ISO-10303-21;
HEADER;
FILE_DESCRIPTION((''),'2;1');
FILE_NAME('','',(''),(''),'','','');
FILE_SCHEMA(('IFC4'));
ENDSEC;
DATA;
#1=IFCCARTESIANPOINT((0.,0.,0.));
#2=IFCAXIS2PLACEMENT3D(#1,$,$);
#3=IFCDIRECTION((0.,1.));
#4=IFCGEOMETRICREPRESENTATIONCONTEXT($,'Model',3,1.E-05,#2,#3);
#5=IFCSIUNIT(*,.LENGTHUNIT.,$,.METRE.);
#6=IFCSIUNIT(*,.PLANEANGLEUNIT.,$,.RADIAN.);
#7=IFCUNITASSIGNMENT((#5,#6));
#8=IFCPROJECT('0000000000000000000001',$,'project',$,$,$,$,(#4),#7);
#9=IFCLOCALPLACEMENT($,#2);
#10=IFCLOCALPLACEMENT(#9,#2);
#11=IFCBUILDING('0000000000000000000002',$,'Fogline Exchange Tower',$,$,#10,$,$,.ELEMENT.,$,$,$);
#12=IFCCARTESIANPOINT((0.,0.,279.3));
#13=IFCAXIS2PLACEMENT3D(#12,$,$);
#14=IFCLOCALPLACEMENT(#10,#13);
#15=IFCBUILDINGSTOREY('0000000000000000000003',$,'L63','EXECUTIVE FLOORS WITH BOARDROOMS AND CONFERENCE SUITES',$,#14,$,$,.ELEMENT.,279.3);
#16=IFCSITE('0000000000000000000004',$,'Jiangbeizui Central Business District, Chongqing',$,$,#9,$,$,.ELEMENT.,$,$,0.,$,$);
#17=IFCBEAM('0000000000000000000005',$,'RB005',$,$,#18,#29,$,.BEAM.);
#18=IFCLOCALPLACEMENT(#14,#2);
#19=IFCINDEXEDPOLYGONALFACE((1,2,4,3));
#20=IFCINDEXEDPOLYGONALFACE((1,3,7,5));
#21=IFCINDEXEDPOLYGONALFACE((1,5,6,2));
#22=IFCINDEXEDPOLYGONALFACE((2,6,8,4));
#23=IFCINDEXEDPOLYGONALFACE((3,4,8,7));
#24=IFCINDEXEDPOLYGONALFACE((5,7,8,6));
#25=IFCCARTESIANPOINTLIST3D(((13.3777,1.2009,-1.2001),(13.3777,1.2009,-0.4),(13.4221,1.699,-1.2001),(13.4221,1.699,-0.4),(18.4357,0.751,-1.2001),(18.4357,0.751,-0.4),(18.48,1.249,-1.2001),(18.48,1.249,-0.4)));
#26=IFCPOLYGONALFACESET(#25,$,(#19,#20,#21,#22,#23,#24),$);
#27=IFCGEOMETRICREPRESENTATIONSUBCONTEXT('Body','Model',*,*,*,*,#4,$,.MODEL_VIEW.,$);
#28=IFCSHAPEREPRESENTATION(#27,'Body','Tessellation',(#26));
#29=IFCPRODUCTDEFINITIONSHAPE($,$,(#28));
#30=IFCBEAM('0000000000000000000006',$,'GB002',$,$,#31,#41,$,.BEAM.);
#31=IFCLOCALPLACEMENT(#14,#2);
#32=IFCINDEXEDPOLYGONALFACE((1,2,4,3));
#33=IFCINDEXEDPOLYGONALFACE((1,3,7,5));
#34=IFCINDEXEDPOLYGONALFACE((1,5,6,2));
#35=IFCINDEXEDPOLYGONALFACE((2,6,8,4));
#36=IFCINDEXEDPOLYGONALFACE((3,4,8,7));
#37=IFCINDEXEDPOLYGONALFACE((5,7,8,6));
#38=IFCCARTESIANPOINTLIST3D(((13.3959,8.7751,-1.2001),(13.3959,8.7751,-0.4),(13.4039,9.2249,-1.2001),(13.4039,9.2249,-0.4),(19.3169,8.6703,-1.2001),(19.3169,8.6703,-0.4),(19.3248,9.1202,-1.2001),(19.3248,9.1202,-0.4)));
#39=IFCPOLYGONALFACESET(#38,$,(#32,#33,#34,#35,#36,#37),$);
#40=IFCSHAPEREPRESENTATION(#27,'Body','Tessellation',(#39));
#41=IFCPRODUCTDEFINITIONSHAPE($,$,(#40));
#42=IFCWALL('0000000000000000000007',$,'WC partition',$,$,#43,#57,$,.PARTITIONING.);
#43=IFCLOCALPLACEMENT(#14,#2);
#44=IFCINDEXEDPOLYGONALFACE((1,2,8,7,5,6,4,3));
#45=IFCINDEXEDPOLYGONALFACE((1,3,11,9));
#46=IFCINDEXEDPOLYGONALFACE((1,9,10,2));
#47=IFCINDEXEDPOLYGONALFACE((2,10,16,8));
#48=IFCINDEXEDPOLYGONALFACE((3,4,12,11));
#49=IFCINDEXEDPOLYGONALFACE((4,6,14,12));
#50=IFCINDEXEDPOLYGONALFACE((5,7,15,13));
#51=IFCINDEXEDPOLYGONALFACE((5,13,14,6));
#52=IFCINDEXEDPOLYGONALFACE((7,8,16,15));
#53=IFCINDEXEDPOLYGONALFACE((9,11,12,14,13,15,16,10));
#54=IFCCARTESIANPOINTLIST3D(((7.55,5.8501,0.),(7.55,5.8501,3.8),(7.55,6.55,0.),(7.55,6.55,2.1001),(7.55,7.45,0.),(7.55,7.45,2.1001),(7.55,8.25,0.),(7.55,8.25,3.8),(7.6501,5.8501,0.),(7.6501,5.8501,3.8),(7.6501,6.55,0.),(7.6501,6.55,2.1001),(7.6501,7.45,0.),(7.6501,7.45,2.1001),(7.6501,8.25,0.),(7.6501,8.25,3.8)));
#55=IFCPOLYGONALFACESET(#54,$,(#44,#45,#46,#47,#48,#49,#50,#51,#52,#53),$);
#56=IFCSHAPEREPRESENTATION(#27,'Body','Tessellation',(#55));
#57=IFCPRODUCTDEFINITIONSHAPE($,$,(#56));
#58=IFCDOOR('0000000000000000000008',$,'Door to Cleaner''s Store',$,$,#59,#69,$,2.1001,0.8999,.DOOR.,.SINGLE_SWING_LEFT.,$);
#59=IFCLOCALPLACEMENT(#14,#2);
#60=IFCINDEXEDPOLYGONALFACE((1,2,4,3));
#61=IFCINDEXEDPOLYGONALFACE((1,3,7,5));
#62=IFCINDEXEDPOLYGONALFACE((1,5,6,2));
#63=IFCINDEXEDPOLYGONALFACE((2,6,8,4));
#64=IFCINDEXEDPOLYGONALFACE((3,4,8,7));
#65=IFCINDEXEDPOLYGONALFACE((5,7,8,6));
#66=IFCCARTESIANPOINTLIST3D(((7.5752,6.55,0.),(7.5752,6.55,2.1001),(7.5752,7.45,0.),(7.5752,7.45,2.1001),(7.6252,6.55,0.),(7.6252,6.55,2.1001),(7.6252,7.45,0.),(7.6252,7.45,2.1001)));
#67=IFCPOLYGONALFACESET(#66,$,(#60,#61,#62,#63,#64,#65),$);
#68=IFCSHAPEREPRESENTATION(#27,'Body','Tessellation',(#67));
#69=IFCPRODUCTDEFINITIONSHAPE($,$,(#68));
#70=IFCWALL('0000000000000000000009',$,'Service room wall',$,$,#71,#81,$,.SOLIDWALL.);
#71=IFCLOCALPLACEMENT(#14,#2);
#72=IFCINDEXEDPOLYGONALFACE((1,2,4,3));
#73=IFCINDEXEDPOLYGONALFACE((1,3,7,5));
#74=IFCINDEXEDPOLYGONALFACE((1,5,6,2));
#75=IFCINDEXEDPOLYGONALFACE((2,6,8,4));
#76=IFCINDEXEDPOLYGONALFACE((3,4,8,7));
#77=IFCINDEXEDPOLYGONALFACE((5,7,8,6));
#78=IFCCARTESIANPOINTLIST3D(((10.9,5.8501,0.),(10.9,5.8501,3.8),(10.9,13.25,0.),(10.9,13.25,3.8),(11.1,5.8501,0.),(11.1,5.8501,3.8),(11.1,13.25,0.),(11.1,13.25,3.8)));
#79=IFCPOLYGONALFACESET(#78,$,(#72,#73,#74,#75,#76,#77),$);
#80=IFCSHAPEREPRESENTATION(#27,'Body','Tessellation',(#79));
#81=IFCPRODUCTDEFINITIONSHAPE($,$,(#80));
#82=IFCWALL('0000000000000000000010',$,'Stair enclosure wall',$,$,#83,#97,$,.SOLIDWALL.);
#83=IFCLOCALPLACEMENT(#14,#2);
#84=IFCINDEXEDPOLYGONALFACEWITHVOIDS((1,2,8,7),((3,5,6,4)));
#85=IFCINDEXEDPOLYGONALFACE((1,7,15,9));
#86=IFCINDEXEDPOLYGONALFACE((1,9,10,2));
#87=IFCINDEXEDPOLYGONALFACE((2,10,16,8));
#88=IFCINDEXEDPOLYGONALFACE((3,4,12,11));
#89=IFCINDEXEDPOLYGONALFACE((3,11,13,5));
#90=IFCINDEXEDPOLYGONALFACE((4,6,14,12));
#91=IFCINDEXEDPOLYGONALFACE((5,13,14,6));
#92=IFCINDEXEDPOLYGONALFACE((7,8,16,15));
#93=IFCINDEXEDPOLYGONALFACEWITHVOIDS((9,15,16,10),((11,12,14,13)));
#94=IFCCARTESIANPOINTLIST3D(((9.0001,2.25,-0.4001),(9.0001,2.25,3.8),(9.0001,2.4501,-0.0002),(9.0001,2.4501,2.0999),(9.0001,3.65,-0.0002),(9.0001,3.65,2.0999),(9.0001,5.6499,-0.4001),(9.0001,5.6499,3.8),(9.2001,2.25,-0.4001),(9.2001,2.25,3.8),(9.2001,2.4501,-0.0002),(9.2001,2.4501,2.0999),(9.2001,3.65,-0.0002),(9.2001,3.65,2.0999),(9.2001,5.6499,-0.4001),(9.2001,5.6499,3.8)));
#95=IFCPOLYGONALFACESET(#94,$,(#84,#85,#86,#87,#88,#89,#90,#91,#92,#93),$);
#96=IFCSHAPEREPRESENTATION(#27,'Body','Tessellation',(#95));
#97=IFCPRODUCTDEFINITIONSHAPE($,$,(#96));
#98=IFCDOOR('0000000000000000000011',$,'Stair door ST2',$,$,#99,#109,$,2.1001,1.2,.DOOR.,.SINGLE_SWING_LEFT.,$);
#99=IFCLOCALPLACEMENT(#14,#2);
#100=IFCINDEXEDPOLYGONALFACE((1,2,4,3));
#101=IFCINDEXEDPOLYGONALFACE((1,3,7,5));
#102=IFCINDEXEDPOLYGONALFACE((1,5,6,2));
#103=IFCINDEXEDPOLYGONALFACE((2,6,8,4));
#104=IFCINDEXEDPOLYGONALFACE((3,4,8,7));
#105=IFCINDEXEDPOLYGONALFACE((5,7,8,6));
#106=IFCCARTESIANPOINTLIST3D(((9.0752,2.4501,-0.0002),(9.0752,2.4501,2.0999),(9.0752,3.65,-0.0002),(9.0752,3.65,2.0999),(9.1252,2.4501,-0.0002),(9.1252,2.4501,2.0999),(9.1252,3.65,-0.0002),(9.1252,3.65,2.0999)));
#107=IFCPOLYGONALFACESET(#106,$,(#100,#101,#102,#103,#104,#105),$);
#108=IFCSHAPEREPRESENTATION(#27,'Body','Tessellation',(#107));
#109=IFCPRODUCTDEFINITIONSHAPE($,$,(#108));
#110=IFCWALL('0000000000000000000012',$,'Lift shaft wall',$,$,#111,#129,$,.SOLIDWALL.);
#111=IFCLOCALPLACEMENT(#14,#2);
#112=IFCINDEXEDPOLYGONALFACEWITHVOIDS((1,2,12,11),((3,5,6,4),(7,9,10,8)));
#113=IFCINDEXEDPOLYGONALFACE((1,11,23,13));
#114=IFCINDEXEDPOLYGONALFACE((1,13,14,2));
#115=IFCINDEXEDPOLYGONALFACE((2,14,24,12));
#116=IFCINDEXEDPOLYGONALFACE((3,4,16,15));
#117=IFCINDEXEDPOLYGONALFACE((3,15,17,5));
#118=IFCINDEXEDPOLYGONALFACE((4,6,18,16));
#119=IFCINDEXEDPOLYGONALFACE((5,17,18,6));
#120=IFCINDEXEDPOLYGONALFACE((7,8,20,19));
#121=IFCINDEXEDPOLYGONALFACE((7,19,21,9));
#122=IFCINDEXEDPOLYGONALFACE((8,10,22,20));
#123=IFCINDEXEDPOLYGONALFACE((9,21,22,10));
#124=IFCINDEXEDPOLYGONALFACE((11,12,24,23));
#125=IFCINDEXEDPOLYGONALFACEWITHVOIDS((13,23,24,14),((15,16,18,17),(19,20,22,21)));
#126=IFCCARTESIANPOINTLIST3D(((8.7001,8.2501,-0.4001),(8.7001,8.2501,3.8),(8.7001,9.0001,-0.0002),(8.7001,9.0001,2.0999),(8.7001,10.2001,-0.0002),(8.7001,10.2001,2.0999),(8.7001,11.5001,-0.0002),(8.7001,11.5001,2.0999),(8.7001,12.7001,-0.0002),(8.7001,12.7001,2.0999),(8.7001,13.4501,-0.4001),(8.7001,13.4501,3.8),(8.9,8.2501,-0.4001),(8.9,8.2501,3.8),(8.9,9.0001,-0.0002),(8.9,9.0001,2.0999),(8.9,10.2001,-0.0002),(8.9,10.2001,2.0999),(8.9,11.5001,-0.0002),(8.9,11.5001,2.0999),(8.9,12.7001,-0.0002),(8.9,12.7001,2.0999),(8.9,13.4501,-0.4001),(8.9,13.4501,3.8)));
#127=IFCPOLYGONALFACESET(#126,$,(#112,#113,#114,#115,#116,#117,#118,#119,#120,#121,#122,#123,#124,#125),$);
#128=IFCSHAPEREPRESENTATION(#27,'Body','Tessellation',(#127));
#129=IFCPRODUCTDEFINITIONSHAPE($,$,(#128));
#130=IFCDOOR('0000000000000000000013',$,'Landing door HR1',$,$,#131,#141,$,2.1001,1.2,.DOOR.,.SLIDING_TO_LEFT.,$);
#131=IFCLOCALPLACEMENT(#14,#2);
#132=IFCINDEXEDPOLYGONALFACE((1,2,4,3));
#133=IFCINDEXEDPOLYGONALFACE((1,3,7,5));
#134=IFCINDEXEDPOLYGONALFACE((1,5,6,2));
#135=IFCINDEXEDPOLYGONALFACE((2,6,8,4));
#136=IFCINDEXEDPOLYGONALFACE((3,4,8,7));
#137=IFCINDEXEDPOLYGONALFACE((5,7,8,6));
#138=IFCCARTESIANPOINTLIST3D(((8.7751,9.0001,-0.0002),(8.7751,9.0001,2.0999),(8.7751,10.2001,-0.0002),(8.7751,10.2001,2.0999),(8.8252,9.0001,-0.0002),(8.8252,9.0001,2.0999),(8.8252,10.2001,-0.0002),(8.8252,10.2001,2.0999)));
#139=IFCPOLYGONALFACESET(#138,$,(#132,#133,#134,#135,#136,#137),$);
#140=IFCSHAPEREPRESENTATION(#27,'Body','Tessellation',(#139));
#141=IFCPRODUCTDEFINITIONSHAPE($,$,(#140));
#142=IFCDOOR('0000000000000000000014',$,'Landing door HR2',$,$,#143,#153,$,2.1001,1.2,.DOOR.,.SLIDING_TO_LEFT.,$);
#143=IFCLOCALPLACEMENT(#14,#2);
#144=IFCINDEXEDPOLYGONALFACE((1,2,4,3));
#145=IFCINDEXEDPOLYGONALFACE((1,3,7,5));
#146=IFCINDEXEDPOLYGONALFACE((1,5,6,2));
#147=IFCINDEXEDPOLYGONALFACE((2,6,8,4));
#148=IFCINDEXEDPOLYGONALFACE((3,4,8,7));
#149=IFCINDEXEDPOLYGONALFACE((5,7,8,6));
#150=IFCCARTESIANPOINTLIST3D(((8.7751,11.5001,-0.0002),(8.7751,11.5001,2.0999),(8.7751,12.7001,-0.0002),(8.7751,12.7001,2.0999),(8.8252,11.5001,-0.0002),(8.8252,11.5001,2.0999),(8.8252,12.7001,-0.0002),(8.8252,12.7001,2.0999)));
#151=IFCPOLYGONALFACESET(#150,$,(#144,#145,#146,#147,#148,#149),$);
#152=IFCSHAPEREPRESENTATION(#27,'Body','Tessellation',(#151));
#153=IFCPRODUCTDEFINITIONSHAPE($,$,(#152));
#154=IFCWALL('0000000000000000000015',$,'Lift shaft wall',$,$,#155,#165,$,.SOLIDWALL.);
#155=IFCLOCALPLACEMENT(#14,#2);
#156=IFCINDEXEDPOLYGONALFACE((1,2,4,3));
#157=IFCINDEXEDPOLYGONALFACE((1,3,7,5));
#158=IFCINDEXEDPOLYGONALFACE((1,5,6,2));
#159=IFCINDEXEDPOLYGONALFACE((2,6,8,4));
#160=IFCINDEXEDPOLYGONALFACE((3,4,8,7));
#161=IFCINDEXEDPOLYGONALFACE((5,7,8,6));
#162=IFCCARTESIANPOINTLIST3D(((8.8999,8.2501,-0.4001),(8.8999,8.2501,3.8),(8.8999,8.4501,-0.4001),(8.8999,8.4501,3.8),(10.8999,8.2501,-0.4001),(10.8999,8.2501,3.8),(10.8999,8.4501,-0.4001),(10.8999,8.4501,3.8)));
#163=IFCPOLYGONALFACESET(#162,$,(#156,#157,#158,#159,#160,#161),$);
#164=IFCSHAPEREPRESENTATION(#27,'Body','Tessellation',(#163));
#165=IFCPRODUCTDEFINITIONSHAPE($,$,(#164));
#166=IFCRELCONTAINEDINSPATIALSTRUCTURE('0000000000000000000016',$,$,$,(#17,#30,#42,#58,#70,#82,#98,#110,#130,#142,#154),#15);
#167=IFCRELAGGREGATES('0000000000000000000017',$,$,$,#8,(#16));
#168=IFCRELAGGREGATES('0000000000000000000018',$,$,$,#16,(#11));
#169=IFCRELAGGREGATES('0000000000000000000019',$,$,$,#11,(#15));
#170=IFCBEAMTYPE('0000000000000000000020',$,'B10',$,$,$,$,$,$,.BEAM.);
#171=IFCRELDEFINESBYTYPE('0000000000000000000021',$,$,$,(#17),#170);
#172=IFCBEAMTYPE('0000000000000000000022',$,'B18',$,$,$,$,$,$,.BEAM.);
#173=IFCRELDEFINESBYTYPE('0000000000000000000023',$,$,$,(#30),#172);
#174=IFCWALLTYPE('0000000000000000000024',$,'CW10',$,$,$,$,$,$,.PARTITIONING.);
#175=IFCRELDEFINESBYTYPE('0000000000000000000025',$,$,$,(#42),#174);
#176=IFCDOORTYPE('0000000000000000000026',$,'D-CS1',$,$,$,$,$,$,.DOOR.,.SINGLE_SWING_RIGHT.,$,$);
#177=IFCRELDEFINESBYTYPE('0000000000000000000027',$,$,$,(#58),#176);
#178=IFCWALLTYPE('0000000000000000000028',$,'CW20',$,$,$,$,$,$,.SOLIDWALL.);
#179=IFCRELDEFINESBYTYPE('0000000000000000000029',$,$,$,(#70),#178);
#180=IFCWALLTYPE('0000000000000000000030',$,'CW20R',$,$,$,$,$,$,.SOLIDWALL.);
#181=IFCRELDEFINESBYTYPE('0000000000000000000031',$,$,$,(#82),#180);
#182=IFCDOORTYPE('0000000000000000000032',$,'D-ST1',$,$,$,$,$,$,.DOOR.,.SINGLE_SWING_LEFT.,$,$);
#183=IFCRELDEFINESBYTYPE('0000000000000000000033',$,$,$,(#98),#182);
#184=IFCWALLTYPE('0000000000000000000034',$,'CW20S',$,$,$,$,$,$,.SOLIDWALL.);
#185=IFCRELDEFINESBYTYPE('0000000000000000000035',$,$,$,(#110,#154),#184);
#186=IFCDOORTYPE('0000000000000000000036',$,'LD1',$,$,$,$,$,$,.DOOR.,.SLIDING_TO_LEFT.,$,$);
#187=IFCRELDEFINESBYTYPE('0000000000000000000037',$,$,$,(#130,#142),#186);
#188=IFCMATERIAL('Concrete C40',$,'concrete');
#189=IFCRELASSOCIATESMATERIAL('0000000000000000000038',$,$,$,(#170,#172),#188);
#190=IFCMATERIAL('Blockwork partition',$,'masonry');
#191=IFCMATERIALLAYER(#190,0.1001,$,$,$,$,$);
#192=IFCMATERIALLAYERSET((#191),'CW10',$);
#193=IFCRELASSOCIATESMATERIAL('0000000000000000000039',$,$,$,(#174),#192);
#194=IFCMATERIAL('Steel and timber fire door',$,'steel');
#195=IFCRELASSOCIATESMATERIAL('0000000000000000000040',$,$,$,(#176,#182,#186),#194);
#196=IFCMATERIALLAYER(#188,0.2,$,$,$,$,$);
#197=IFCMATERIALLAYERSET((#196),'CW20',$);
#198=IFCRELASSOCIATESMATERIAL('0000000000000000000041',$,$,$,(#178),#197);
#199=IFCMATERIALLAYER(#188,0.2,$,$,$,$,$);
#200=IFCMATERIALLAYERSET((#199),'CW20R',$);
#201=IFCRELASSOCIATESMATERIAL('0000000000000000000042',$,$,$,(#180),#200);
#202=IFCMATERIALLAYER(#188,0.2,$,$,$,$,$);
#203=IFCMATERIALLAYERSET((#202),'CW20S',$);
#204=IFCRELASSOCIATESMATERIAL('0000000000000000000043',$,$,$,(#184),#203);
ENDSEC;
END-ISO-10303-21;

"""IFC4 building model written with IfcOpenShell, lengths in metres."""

from ifc_helpers import new_model, si_unit, direction, frame, frame_2d, origin, origin_2d, place, context, subcontext, project, spatial, rectangle, extrude, material, layer, layer_set, material_profile, profile_set, type_object, element, fill, save


model = new_model("IFC4")

# Units and contexts
model_context = context("Model", 3, precision=1e-05, world=origin(), true_north=direction((0.0, 1.0)))
body_context = subcontext(model_context, "Body", "Model", "MODEL_VIEW")
ifc_project = project(units=[si_unit("LENGTHUNIT", "METRE"), si_unit("PLANEANGLEUNIT", "RADIAN")], contexts=[model_context])

# Site, building, storey
site_placement = place(None, origin())
site = spatial("IfcSite", under=ifc_project, at=site_placement, Name="Jiangbeizui Central Business District, Chongqing", CompositionType="ELEMENT", RefElevation=0.0)
building_placement = place(site_placement, origin())
building = spatial("IfcBuilding", under=site, at=building_placement, Name="Fogline Exchange Tower", CompositionType="ELEMENT")
storey_placement = place(building_placement, frame((0.0, 0.0, 279.3)))
storey = spatial("IfcBuildingStorey", under=building, at=storey_placement, Name="L63", Description="EXECUTIVE FLOORS WITH BOARDROOMS AND CONFERENCE SUITES", CompositionType="ELEMENT", Elevation=279.3)

# Beams
ifc_material_1 = material(Name="Concrete C40", Category="concrete")
ifc_material_profile_1 = material_profile(ifc_material_1, rectangle(XDim=0.5, YDim=0.8, at=origin_2d()), Name="RC 500x800")
ifc_profile_set_1 = profile_set([ifc_material_profile_1], Name="Concrete C40")
beam_type_1 = type_object("IfcBeamType", Name="B10", PredefinedType="BEAM", material=ifc_profile_set_1)
beam_1_placement = place(storey_placement, frame((13.3999, 1.45, -0.8), z_axis=(0.996066, -0.088611, 0.0), x_axis=(0.088611, 0.996066, 0.0)))
element("IfcBeam", 1, at=beam_1_placement, inside=storey, type_object=beam_type_1, Name="RB005", PredefinedType="BEAM", context=body_context, shape_type="SweptSolid", body=[
    extrude(rectangle(XDim=0.5, YDim=0.8, at=origin_2d()), origin(), (0.0, 0.0, 1.0), 5.0779),
])
ifc_material_profile_2 = material_profile(ifc_material_1, rectangle(XDim=0.45, YDim=0.8, at=origin_2d()), Name="RC 450x800")
ifc_profile_set_2 = profile_set([ifc_material_profile_2], Name="Concrete C40")
beam_type_2 = type_object("IfcBeamType", Name="B18", PredefinedType="BEAM", material=ifc_profile_set_2)
beam_2_placement = place(storey_placement, frame((13.3999, 9.0, -0.8), z_axis=(0.999844, -0.017686, 0.0), x_axis=(0.017686, 0.999844, 0.0)))
element("IfcBeam", 2, at=beam_2_placement, inside=storey, type_object=beam_type_2, Name="GB002", PredefinedType="BEAM", context=body_context, shape_type="SweptSolid", body=[
    extrude(rectangle(XDim=0.45, YDim=0.8, at=origin_2d()), origin(), (0.0, 0.0, 1.0), 5.9219),
])

# Wall, opening, door
ifc_material_2 = material(Name="Blockwork partition", Category="masonry")
ifc_layer_1 = layer(ifc_material_2, 0.1001)
ifc_layer_set_1 = layer_set([ifc_layer_1], Name="CW10")
wall_type_1 = type_object("IfcWallType", Name="CW10", PredefinedType="PARTITIONING", material=ifc_layer_set_1)
wall_1_placement = place(storey_placement, frame((7.6001, 5.8501, 0.0), z_axis=(0.0, 0.0, 1.0), x_axis=(0.0, 1.0, 0.0)))
wall_1 = element("IfcWall", 3, at=wall_1_placement, inside=storey, type_object=wall_type_1, Name="WC partition", PredefinedType="PARTITIONING", context=body_context, shape_type="SweptSolid", body=[
    extrude(rectangle(XDim=2.3999, YDim=0.1001, at=frame_2d((1.2, 0.0))), origin(), (0.0, 0.0, 1.0), 3.8),
])
opening_1_placement = place(wall_1_placement, frame((0.7, 0.0, 0.0)))
opening_1 = element("IfcOpeningElement", 4, at=opening_1_placement, cuts=wall_1, PredefinedType="OPENING", context=body_context, shape_type="SweptSolid", body=[
    extrude(rectangle(XDim=0.8999, YDim=2.1001, at=frame_2d((0.45, 1.05))), frame((0.0, 0.0601, 0.0), z_axis=(0.0, -1.0, 0.0), x_axis=(1.0, 0.0, 0.0)), (0.0, 0.0, 1.0), 0.1201),
])
ifc_material_3 = material(Name="Steel and timber fire door", Category="steel")
door_type_1 = type_object("IfcDoorType", Name="D-CS1", OperationType="SINGLE_SWING_RIGHT", PredefinedType="DOOR", material=ifc_material_3)
door_1_placement = place(opening_1_placement, origin())
door_1 = element("IfcDoor", 5, at=door_1_placement, inside=storey, type_object=door_type_1, Name="Door to Cleaner's Store", OperationType="SINGLE_SWING_LEFT", OverallHeight=2.1001, OverallWidth=0.8999, PredefinedType="DOOR", context=body_context, shape_type="SweptSolid", body=[
    extrude(rectangle(XDim=0.8999, YDim=2.1001, at=frame_2d((0.45, 1.05))), frame((0.0, 0.0249, 0.0), z_axis=(0.0, -1.0, 0.0), x_axis=(1.0, 0.0, 0.0)), (0.0, 0.0, 1.0), 0.05),
])
fill(opening_1, door_1)

# Wall
ifc_layer_2 = layer(ifc_material_1, 0.2)
ifc_layer_set_2 = layer_set([ifc_layer_2], Name="CW20")
wall_type_2 = type_object("IfcWallType", Name="CW20", PredefinedType="SOLIDWALL", material=ifc_layer_set_2)
wall_2_placement = place(storey_placement, frame((11.0, 5.8501, 0.0), z_axis=(0.0, 0.0, 1.0), x_axis=(0.0, 1.0, 0.0)))
element("IfcWall", 6, at=wall_2_placement, inside=storey, type_object=wall_type_2, Name="Service room wall", PredefinedType="SOLIDWALL", context=body_context, shape_type="SweptSolid", body=[
    extrude(rectangle(XDim=7.3999, YDim=0.2, at=frame_2d((3.7, 0.0))), origin(), (0.0, 0.0, 1.0), 3.8),
])

# Wall, opening, door
ifc_layer_3 = layer(ifc_material_1, 0.2)
ifc_layer_set_3 = layer_set([ifc_layer_3], Name="CW20R")
wall_type_3 = type_object("IfcWallType", Name="CW20R", PredefinedType="SOLIDWALL", material=ifc_layer_set_3)
wall_3_placement = place(storey_placement, frame((9.1001, 2.25, -0.4001), z_axis=(0.0, 0.0, 1.0), x_axis=(0.0, 1.0, 0.0)))
wall_3 = element("IfcWall", 7, at=wall_3_placement, inside=storey, type_object=wall_type_3, Name="Stair enclosure wall", PredefinedType="SOLIDWALL", context=body_context, shape_type="SweptSolid", body=[
    extrude(rectangle(XDim=3.3999, YDim=0.2, at=frame_2d((1.7, 0.0))), origin(), (0.0, 0.0, 1.0), 4.2002),
])
opening_2_placement = place(wall_3_placement, frame((0.2, 0.0, 0.3999)))
opening_2 = element("IfcOpeningElement", 8, at=opening_2_placement, cuts=wall_3, PredefinedType="OPENING", context=body_context, shape_type="SweptSolid", body=[
    extrude(rectangle(XDim=1.2, YDim=2.1001, at=frame_2d((0.6001, 1.05))), frame((0.0, 0.1099, 0.0), z_axis=(0.0, -1.0, 0.0), x_axis=(1.0, 0.0, 0.0)), (0.0, 0.0, 1.0), 0.22),
])
door_type_2 = type_object("IfcDoorType", Name="D-ST1", OperationType="SINGLE_SWING_LEFT", PredefinedType="DOOR", material=ifc_material_3)
door_2_placement = place(opening_2_placement, origin())
door_2 = element("IfcDoor", 9, at=door_2_placement, inside=storey, type_object=door_type_2, Name="Stair door ST2", OperationType="SINGLE_SWING_LEFT", OverallHeight=2.1001, OverallWidth=1.2, PredefinedType="DOOR", context=body_context, shape_type="SweptSolid", body=[
    extrude(rectangle(XDim=1.2, YDim=2.1001, at=frame_2d((0.6001, 1.05))), frame((0.0, 0.0249, 0.0), z_axis=(0.0, -1.0, 0.0), x_axis=(1.0, 0.0, 0.0)), (0.0, 0.0, 1.0), 0.05),
])
fill(opening_2, door_2)

# Wall, openings, doors
ifc_layer_4 = layer(ifc_material_1, 0.2)
ifc_layer_set_4 = layer_set([ifc_layer_4], Name="CW20S")
wall_type_4 = type_object("IfcWallType", Name="CW20S", PredefinedType="SOLIDWALL", material=ifc_layer_set_4)
wall_4_placement = place(storey_placement, frame((8.8, 8.25, -0.4001), z_axis=(0.0, 0.0, 1.0), x_axis=(0.0, 1.0, 0.0)))
wall_4 = element("IfcWall", 10, at=wall_4_placement, inside=storey, type_object=wall_type_4, Name="Lift shaft wall", PredefinedType="SOLIDWALL", context=body_context, shape_type="SweptSolid", body=[
    extrude(rectangle(XDim=5.2, YDim=0.2, at=frame_2d((2.6001, 0.0))), origin(), (0.0, 0.0, 1.0), 4.2002),
])
opening_3_placement = place(wall_4_placement, frame((0.75, 0.0, 0.3999)))
opening_3 = element("IfcOpeningElement", 11, at=opening_3_placement, cuts=wall_4, PredefinedType="OPENING", context=body_context, shape_type="SweptSolid", body=[
    extrude(rectangle(XDim=1.2, YDim=2.1001, at=frame_2d((0.6001, 1.05))), frame((0.0, 0.1099, 0.0), z_axis=(0.0, -1.0, 0.0), x_axis=(1.0, 0.0, 0.0)), (0.0, 0.0, 1.0), 0.22),
])
opening_4_placement = place(wall_4_placement, frame((3.25, 0.0, 0.3999)))
opening_4 = element("IfcOpeningElement", 12, at=opening_4_placement, cuts=wall_4, PredefinedType="OPENING", context=body_context, shape_type="SweptSolid", body=[
    extrude(rectangle(XDim=1.2, YDim=2.1001, at=frame_2d((0.6001, 1.05))), frame((0.0, 0.1099, 0.0), z_axis=(0.0, -1.0, 0.0), x_axis=(1.0, 0.0, 0.0)), (0.0, 0.0, 1.0), 0.22),
])
door_type_3 = type_object("IfcDoorType", Name="LD1", OperationType="SLIDING_TO_LEFT", PredefinedType="DOOR", material=ifc_material_3)
door_3_placement = place(opening_3_placement, origin())
door_3 = element("IfcDoor", 13, at=door_3_placement, inside=storey, type_object=door_type_3, Name="Landing door HR1", OperationType="SLIDING_TO_LEFT", OverallHeight=2.1001, OverallWidth=1.2, PredefinedType="DOOR", context=body_context, shape_type="SweptSolid", body=[
    extrude(rectangle(XDim=1.2, YDim=2.1001, at=frame_2d((0.6001, 1.05))), frame((0.0, 0.0249, 0.0), z_axis=(0.0, -1.0, 0.0), x_axis=(1.0, 0.0, 0.0)), (0.0, 0.0, 1.0), 0.05),
])
fill(opening_3, door_3)
door_4_placement = place(opening_4_placement, origin())
door_4 = element("IfcDoor", 14, at=door_4_placement, inside=storey, type_object=door_type_3, Name="Landing door HR2", OperationType="SLIDING_TO_LEFT", OverallHeight=2.1001, OverallWidth=1.2, PredefinedType="DOOR", context=body_context, shape_type="SweptSolid", body=[
    extrude(rectangle(XDim=1.2, YDim=2.1001, at=frame_2d((0.6001, 1.05))), frame((0.0, 0.0249, 0.0), z_axis=(0.0, -1.0, 0.0), x_axis=(1.0, 0.0, 0.0)), (0.0, 0.0, 1.0), 0.05),
])
fill(opening_4, door_4)

# Wall
for number, where, z_axis, x_axis, name in (
    (15, (8.8999, 8.3501, -0.4001), (0.0, 0.0, 1.0), (1.0, 0.0, 0.0), "Lift shaft wall"),
):
    element("IfcWall", number, at=place(storey_placement, frame(where, z_axis=z_axis, x_axis=x_axis)), inside=storey, type_object=wall_type_4, Name=name, PredefinedType="SOLIDWALL", context=body_context, shape_type="SweptSolid", body=[
        extrude(rectangle(XDim=2.0, YDim=0.2, at=frame_2d((1.0, 0.0))), origin(), (0.0, 0.0, 1.0), 4.2002),
    ])

save(model, "model.ifc")
